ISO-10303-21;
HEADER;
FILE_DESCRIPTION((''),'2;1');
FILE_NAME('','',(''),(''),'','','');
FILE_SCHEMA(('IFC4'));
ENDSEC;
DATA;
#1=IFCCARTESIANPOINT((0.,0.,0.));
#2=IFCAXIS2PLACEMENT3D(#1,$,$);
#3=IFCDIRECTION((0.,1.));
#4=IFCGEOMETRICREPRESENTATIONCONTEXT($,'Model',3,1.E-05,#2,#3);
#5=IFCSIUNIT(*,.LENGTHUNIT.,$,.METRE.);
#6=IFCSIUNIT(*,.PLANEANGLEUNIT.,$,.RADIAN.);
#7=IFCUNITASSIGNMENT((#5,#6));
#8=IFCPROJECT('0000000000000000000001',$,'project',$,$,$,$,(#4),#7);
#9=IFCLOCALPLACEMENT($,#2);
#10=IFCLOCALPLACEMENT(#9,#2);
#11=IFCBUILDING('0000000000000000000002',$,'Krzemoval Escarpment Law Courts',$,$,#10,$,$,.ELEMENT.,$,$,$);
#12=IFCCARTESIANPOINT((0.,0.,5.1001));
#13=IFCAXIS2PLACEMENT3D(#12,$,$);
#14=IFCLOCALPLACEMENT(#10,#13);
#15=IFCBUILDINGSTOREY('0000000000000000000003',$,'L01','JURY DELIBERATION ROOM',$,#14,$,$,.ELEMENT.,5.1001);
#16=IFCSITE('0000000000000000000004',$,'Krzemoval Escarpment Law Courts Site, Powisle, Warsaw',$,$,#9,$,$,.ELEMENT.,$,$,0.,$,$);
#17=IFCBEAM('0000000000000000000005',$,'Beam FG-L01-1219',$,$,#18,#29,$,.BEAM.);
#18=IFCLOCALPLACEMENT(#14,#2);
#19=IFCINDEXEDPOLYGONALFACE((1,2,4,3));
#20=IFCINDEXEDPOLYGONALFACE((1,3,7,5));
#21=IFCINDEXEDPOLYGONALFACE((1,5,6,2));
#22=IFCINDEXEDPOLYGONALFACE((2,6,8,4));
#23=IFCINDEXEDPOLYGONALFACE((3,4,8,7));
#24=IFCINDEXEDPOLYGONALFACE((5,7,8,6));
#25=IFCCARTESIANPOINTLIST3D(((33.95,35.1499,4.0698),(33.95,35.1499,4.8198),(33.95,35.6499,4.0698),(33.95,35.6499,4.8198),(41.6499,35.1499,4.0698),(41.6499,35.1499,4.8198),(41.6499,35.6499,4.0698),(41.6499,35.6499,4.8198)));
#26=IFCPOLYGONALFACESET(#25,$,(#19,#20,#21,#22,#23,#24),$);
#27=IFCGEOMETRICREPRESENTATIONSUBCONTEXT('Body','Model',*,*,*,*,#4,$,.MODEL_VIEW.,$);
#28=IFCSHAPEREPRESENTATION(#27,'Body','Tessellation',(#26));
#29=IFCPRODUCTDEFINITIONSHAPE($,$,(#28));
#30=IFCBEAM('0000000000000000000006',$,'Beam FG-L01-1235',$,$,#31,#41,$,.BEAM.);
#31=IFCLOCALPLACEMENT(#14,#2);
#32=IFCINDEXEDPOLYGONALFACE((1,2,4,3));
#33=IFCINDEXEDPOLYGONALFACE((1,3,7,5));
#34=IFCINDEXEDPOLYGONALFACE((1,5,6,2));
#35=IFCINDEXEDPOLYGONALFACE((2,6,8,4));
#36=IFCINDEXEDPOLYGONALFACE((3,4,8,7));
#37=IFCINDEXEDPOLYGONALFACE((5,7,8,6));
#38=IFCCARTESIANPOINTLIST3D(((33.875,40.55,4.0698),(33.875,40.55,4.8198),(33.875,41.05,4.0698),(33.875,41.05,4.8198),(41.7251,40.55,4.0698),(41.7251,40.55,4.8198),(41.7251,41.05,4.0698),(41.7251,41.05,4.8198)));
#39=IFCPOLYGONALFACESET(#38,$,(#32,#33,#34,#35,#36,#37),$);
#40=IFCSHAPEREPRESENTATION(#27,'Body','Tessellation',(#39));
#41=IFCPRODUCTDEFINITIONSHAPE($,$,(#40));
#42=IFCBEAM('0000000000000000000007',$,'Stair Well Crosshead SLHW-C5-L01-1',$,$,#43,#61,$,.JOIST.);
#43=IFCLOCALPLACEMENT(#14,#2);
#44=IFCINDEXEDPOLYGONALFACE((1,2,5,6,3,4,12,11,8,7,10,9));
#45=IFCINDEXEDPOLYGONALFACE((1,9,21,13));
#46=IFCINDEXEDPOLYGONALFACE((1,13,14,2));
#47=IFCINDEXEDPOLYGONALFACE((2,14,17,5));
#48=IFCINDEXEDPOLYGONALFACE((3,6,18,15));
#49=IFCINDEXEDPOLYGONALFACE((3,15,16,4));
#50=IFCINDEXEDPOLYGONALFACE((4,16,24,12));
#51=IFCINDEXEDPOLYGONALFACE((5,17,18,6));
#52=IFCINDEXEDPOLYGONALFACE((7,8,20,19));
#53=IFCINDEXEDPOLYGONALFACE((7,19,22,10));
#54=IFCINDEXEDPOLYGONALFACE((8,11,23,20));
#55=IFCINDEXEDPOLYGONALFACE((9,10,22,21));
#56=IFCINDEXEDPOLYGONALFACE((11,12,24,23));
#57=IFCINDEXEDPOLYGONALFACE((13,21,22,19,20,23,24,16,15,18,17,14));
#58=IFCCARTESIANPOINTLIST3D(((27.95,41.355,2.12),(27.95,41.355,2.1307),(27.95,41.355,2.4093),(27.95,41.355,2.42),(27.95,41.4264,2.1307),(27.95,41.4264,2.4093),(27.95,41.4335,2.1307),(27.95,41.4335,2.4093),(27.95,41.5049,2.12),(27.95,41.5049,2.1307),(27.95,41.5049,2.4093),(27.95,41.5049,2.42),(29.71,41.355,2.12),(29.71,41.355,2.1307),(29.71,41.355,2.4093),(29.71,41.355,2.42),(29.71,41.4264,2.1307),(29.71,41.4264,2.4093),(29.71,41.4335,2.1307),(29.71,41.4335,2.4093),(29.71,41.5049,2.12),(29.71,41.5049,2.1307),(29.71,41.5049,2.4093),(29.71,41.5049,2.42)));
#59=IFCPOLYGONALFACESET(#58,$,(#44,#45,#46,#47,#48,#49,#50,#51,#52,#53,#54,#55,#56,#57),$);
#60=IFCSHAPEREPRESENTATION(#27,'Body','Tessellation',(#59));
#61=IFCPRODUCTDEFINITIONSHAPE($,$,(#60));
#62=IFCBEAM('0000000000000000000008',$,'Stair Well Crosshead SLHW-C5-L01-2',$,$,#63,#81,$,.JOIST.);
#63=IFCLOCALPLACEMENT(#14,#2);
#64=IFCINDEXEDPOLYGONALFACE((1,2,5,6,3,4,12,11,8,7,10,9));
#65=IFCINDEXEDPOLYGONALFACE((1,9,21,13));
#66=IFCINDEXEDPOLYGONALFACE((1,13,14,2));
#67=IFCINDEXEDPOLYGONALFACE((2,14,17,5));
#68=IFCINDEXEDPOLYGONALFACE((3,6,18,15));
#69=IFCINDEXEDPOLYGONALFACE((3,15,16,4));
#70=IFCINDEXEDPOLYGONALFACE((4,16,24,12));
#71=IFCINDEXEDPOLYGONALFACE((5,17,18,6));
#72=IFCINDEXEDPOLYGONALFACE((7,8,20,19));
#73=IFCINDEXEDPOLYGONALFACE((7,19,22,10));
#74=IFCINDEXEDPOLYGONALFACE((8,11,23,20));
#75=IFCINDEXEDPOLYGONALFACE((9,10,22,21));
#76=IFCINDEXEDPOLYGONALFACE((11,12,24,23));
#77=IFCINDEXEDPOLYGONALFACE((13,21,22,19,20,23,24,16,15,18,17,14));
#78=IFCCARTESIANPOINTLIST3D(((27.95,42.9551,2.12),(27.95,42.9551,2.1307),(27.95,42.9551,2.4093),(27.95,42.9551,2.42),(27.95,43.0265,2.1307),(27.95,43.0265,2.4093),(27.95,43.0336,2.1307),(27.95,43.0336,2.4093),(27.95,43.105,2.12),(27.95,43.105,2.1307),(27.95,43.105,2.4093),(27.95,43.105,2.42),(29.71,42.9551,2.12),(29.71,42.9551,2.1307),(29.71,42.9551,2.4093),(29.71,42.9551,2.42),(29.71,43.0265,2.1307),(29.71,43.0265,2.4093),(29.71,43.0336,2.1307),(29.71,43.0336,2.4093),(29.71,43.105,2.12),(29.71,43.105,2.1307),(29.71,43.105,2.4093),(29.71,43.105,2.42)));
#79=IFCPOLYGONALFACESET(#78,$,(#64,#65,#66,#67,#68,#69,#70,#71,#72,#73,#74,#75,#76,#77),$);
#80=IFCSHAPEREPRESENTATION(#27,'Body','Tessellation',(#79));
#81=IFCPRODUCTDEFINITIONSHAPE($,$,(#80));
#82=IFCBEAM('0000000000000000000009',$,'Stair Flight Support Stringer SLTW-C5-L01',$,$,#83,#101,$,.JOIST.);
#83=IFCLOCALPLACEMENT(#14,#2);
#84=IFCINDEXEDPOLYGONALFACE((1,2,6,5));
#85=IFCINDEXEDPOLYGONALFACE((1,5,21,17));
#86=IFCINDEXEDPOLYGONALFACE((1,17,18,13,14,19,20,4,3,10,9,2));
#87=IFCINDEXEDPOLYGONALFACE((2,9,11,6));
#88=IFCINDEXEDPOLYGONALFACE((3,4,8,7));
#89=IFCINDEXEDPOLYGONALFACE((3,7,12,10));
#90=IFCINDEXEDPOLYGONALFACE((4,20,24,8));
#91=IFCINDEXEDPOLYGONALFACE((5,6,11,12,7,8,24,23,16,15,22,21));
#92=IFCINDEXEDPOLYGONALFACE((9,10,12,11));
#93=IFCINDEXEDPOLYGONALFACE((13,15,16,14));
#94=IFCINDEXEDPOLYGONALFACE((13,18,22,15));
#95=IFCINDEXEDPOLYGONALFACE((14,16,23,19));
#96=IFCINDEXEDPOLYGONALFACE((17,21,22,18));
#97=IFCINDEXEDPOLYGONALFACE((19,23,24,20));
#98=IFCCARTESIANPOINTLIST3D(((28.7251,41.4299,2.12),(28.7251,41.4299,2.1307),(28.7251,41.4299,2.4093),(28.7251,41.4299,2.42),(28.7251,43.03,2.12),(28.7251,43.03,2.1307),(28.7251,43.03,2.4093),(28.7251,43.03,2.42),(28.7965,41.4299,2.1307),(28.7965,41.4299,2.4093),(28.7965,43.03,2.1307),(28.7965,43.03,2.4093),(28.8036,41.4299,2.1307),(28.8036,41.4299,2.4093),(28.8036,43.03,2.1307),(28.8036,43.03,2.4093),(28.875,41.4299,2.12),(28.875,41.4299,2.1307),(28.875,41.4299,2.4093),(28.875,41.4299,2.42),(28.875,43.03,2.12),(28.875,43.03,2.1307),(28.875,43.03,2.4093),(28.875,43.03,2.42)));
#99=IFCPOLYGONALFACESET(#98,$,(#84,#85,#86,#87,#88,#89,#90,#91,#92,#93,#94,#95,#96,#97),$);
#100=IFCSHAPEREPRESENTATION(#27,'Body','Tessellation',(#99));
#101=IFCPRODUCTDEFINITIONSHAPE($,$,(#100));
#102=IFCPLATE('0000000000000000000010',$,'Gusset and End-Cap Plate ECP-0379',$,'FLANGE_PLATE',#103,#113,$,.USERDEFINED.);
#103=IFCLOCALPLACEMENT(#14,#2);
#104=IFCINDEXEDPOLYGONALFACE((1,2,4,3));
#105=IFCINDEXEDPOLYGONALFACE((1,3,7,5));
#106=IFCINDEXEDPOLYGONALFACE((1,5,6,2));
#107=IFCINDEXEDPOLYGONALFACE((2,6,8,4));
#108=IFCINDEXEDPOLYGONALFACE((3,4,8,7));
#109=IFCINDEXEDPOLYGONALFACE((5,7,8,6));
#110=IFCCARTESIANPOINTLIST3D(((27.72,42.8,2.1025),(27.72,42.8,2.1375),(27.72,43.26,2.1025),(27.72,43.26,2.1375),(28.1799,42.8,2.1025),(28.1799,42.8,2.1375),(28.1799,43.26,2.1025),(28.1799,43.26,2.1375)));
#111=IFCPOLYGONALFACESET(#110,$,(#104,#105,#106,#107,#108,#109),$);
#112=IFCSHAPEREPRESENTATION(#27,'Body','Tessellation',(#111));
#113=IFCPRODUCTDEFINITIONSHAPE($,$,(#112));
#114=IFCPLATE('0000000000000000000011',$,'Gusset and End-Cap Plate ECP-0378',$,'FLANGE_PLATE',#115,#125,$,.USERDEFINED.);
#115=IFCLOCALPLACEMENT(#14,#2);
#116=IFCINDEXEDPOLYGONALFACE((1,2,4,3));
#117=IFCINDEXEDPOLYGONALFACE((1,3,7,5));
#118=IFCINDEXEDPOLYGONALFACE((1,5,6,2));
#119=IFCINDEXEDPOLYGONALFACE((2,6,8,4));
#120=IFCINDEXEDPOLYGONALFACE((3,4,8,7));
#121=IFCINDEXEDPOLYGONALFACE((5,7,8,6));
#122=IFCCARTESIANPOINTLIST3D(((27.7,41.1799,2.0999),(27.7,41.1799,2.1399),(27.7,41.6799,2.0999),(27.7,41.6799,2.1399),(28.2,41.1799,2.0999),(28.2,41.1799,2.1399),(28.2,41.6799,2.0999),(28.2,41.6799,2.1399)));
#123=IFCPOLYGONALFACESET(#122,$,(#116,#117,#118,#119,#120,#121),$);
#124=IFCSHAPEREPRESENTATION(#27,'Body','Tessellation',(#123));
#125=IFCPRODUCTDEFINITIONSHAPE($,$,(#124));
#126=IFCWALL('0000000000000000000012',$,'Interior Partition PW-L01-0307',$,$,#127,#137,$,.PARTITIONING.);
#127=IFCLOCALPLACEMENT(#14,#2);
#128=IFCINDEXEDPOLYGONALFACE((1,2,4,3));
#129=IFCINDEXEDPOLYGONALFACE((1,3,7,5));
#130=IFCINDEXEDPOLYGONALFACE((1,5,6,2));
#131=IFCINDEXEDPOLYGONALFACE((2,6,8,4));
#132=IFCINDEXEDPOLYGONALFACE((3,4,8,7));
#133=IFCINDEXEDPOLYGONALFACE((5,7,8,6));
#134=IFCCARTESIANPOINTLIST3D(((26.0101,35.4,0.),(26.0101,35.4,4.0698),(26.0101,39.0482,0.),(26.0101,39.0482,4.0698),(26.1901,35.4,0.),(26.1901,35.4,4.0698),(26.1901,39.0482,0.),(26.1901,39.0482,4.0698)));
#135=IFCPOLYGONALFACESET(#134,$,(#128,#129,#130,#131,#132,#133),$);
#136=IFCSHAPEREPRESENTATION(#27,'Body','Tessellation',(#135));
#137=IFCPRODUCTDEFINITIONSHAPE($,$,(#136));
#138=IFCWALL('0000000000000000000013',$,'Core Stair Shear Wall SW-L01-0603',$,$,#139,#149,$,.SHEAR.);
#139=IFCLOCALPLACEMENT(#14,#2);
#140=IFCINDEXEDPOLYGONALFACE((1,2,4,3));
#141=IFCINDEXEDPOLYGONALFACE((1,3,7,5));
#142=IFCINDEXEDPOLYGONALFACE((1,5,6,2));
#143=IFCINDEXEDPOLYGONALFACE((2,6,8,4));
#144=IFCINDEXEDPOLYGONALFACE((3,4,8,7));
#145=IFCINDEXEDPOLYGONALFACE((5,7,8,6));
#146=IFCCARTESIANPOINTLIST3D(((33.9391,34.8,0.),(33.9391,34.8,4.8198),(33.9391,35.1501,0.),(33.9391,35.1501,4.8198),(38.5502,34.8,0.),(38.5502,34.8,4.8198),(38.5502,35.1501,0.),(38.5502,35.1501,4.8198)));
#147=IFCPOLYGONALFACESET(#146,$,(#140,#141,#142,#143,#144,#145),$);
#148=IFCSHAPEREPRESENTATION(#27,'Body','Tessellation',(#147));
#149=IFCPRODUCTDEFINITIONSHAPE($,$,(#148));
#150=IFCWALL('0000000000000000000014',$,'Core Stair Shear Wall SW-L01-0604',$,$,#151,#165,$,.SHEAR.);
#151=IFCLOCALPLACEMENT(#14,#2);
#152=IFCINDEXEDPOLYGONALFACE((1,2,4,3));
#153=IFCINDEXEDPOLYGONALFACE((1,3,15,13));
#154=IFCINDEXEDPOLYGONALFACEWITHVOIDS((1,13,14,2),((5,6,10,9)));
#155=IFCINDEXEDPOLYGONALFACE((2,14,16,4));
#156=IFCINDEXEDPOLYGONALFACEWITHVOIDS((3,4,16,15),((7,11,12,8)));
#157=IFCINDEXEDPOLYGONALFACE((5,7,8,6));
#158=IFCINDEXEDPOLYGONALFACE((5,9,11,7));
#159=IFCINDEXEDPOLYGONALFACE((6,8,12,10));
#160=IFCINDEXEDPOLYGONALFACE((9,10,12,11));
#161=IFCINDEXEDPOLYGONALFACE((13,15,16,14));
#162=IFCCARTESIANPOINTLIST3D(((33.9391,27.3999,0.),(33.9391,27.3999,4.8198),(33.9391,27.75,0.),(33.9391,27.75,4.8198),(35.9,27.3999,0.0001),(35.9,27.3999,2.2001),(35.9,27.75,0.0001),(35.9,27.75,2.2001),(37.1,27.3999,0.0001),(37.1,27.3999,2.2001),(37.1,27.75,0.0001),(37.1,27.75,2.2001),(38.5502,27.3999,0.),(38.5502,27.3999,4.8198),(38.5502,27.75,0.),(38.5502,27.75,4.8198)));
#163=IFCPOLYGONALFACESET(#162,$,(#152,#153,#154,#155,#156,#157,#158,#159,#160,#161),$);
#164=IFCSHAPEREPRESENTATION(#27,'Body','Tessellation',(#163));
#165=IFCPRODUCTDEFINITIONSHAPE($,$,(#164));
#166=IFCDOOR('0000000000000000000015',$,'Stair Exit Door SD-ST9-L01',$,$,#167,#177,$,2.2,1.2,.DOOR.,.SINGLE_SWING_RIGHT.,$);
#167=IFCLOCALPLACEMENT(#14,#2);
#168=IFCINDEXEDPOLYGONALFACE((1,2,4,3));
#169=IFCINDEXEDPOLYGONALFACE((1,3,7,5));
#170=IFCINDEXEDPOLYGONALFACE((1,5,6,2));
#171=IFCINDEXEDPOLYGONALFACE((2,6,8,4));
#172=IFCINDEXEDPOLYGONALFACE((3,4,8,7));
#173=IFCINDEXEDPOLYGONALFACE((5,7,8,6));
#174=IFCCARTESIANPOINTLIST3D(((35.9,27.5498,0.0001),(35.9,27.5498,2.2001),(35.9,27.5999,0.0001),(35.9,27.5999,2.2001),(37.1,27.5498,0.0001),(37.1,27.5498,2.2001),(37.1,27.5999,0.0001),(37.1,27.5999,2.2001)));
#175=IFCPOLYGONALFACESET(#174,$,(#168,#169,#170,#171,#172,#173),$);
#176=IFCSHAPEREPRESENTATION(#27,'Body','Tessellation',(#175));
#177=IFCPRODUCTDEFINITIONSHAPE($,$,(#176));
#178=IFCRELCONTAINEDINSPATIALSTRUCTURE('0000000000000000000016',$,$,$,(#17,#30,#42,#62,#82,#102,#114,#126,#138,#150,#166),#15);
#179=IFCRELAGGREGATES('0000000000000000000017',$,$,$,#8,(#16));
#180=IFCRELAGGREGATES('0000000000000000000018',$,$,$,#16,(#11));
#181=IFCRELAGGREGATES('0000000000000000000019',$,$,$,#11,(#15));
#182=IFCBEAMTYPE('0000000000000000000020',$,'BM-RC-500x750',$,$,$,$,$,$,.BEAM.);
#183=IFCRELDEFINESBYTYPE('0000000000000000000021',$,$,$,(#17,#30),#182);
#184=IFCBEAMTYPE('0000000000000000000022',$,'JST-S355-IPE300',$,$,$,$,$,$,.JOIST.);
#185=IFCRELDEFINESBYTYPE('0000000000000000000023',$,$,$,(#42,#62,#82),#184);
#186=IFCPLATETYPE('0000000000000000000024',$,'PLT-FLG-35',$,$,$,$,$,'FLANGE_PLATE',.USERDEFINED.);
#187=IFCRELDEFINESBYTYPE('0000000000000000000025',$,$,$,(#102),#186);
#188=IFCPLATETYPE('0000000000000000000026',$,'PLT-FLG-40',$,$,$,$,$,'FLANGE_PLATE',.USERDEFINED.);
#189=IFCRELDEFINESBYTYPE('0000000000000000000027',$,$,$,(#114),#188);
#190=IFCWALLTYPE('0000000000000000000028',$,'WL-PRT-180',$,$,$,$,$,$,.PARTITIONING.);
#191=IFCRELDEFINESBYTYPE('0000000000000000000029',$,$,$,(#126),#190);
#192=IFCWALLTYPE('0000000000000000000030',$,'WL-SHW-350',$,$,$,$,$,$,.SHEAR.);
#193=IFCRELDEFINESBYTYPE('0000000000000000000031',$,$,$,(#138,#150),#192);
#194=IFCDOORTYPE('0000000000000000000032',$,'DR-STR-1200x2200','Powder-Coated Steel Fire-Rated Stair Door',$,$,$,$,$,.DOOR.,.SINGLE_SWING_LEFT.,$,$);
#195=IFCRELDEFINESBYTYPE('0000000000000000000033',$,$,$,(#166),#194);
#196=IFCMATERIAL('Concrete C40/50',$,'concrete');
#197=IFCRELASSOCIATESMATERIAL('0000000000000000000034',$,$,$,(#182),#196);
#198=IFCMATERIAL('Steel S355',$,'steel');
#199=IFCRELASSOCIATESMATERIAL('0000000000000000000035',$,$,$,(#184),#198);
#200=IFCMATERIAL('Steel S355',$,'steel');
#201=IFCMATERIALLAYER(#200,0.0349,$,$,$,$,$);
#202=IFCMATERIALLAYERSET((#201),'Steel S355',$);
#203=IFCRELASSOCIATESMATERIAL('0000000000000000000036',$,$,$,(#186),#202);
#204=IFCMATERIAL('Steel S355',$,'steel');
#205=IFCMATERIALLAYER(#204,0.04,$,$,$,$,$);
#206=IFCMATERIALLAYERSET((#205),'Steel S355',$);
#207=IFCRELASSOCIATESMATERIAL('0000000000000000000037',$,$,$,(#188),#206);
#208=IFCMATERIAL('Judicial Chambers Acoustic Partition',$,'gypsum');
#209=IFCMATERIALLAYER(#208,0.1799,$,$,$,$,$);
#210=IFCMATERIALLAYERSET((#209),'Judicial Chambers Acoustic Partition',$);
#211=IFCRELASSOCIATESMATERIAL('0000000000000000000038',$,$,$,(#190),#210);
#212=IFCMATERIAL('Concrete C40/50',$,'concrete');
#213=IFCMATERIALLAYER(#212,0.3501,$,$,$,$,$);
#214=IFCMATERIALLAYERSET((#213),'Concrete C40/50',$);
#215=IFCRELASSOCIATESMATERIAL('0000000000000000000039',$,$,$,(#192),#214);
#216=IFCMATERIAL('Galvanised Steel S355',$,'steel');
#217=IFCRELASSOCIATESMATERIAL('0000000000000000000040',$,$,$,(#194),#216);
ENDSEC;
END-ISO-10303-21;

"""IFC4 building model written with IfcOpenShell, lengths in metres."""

from ifc_helpers import new_model, si_unit, direction, frame, frame_2d, origin, origin_2d, place, context, subcontext, project, spatial, rectangle, i_section, extrude, material, layer, layer_set, material_profile, profile_set, type_object, element, fill, save


model = new_model("IFC4")

# Units and contexts
model_context = context("Model", 3, precision=1e-05, world=origin(), true_north=direction((0.0, 1.0)))
body_context = subcontext(model_context, "Body", "Model", "MODEL_VIEW")
ifc_project = project(units=[si_unit("LENGTHUNIT", "METRE"), si_unit("PLANEANGLEUNIT", "RADIAN")], contexts=[model_context])

# Site, building, storey
site_placement = place(None, origin())
site = spatial("IfcSite", under=ifc_project, at=site_placement, Name="Krzemoval Escarpment Law Courts Site, Powisle, Warsaw", CompositionType="ELEMENT", RefElevation=0.0)
building_placement = place(site_placement, origin())
building = spatial("IfcBuilding", under=site, at=building_placement, Name="Krzemoval Escarpment Law Courts", CompositionType="ELEMENT")
storey_placement = place(building_placement, frame((0.0, 0.0, 5.1001)))
storey = spatial("IfcBuildingStorey", under=building, at=storey_placement, Name="L01", Description="JURY DELIBERATION ROOM", CompositionType="ELEMENT", Elevation=5.1001)

# Beams
ifc_material_1 = material(Name="Concrete C40/50", Category="concrete")
ifc_material_profile_1 = material_profile(ifc_material_1, rectangle(XDim=0.5, YDim=0.75, at=origin_2d()), Name="RCB 500x750")
ifc_profile_set_1 = profile_set([ifc_material_profile_1], Name="Concrete C40/50")
beam_type_1 = type_object("IfcBeamType", Name="BM-RC-500x750", PredefinedType="BEAM", material=ifc_profile_set_1)
for number, where, z_axis, x_axis, name in (
    (1, (33.95, 35.3999, 4.4448), (1.0, 0.0, 0.0), (0.0, 1.0, 0.0), "Beam FG-L01-1219"),
):
    element("IfcBeam", number, at=place(storey_placement, frame(where, z_axis=z_axis, x_axis=x_axis)), inside=storey, type_object=beam_type_1, Name=name, PredefinedType="BEAM", context=body_context, shape_type="SweptSolid", body=[
        extrude(rectangle(XDim=0.5, YDim=0.75, at=origin_2d()), origin(), (0.0, 0.0, 1.0), 7.7),
    ])
beam_1_placement = place(storey_placement, frame((33.875, 40.8, 4.4448), z_axis=(1.0, 0.0, 0.0), x_axis=(0.0, 1.0, 0.0)))
element("IfcBeam", 2, at=beam_1_placement, inside=storey, type_object=beam_type_1, Name="Beam FG-L01-1235", PredefinedType="BEAM", context=body_context, shape_type="SweptSolid", body=[
    extrude(rectangle(XDim=0.5, YDim=0.75, at=origin_2d()), origin(), (0.0, 0.0, 1.0), 7.8501),
])
ifc_material_2 = material(Name="Steel S355", Category="steel")
ifc_material_profile_2 = material_profile(ifc_material_2, i_section(OverallWidth=0.1499, OverallDepth=0.3, WebThickness=0.0071, FlangeThickness=0.0107, at=origin_2d()), Name="IPE 300")
ifc_profile_set_2 = profile_set([ifc_material_profile_2], Name="Steel S355")
beam_type_2 = type_object("IfcBeamType", Name="JST-S355-IPE300", PredefinedType="JOIST", material=ifc_profile_set_2)
for number, where, z_axis, x_axis, name in (
    (3, (27.95, 41.4299, 2.27), (1.0, 0.0, 0.0), (0.0, 1.0, 0.0), "Stair Well Crosshead SLHW-C5-L01-1"),
    (4, (27.95, 43.03, 2.27), (1.0, 0.0, 0.0), (0.0, 1.0, 0.0), "Stair Well Crosshead SLHW-C5-L01-2"),
):
    element("IfcBeam", number, at=place(storey_placement, frame(where, z_axis=z_axis, x_axis=x_axis)), inside=storey, type_object=beam_type_2, Name=name, PredefinedType="JOIST", context=body_context, shape_type="SweptSolid", body=[
        extrude(i_section(OverallWidth=0.1499, OverallDepth=0.3, WebThickness=0.0071, FlangeThickness=0.0107, at=origin_2d()), origin(), (0.0, 0.0, 1.0), 1.76),
    ])
beam_2_placement = place(storey_placement, frame((28.8, 41.4299, 2.27), z_axis=(0.0, 1.0, 0.0), x_axis=(-1.0, 0.0, 0.0)))
element("IfcBeam", 5, at=beam_2_placement, inside=storey, type_object=beam_type_2, Name="Stair Flight Support Stringer SLTW-C5-L01", PredefinedType="JOIST", context=body_context, shape_type="SweptSolid", body=[
    extrude(i_section(OverallWidth=0.1499, OverallDepth=0.3, WebThickness=0.0071, FlangeThickness=0.0107, at=origin_2d()), origin(), (0.0, 0.0, 1.0), 1.6001),
])

# Plates
ifc_material_3 = material(Name="Steel S355", Category="steel")
ifc_layer_1 = layer(ifc_material_3, 0.0349)
ifc_layer_set_1 = layer_set([ifc_layer_1], Name="Steel S355")
plate_type_1 = type_object("IfcPlateType", Name="PLT-FLG-35", ElementType="FLANGE_PLATE", PredefinedType="USERDEFINED", material=ifc_layer_set_1)
plate_1_placement = place(storey_placement, frame((27.95, 43.03, 2.1025), z_axis=(0.0, 0.0, 1.0), x_axis=(1.0, 0.0, 0.0)))
element("IfcPlate", 6, at=plate_1_placement, inside=storey, type_object=plate_type_1, Name="Gusset and End-Cap Plate ECP-0379", ObjectType="FLANGE_PLATE", PredefinedType="USERDEFINED", context=body_context, shape_type="SweptSolid", body=[
    extrude(rectangle(XDim=0.46, YDim=0.46, at=origin_2d()), origin(), (0.0, 0.0, 1.0), 0.0349),
])
ifc_material_4 = material(Name="Steel S355", Category="steel")
ifc_layer_2 = layer(ifc_material_4, 0.04)
ifc_layer_set_2 = layer_set([ifc_layer_2], Name="Steel S355")
plate_type_2 = type_object("IfcPlateType", Name="PLT-FLG-40", ElementType="FLANGE_PLATE", PredefinedType="USERDEFINED", material=ifc_layer_set_2)
plate_2_placement = place(storey_placement, frame((27.95, 41.4299, 2.0999), z_axis=(0.0, 0.0, 1.0), x_axis=(1.0, 0.0, 0.0)))
element("IfcPlate", 7, at=plate_2_placement, inside=storey, type_object=plate_type_2, Name="Gusset and End-Cap Plate ECP-0378", ObjectType="FLANGE_PLATE", PredefinedType="USERDEFINED", context=body_context, shape_type="SweptSolid", body=[
    extrude(rectangle(XDim=0.5, YDim=0.5, at=origin_2d()), origin(), (0.0, 0.0, 1.0), 0.04),
])

# Walls
ifc_material_5 = material(Name="Judicial Chambers Acoustic Partition", Category="gypsum")
ifc_layer_3 = layer(ifc_material_5, 0.1799)
ifc_layer_set_3 = layer_set([ifc_layer_3], Name="Judicial Chambers Acoustic Partition")
wall_type_1 = type_object("IfcWallType", Name="WL-PRT-180", PredefinedType="PARTITIONING", material=ifc_layer_set_3)
wall_1_placement = place(storey_placement, frame((26.1001, 35.3999, 0.0), z_axis=(0.0, 0.0, 1.0), x_axis=(0.0, 1.0, 0.0)))
element("IfcWall", 8, at=wall_1_placement, inside=storey, type_object=wall_type_1, Name="Interior Partition PW-L01-0307", PredefinedType="PARTITIONING", context=body_context, shape_type="SweptSolid", body=[
    extrude(rectangle(XDim=3.6482, YDim=0.1799, at=frame_2d((1.8242, 0.0))), origin(), (0.0, 0.0, 1.0), 4.0698),
])
ifc_material_6 = material(Name="Concrete C40/50", Category="concrete")
ifc_layer_4 = layer(ifc_material_6, 0.3501)
ifc_layer_set_4 = layer_set([ifc_layer_4], Name="Concrete C40/50")
wall_type_2 = type_object("IfcWallType", Name="WL-SHW-350", PredefinedType="SHEAR", material=ifc_layer_set_4)
wall_2_placement = place(storey_placement, frame((33.939, 34.9751, 0.0), z_axis=(0.0, 0.0, 1.0), x_axis=(1.0, 0.0, 0.0)))
element("IfcWall", 9, at=wall_2_placement, inside=storey, type_object=wall_type_2, Name="Core Stair Shear Wall SW-L01-0603", PredefinedType="SHEAR", context=body_context, shape_type="SweptSolid", body=[
    extrude(rectangle(XDim=4.6111, YDim=0.3501, at=frame_2d((2.3057, 0.0))), origin(), (0.0, 0.0, 1.0), 4.8198),
])

# Wall, opening, door
wall_3_placement = place(storey_placement, frame((33.939, 27.575, 0.0), z_axis=(0.0, 0.0, 1.0), x_axis=(1.0, 0.0, 0.0)))
wall_3 = element("IfcWall", 10, at=wall_3_placement, inside=storey, type_object=wall_type_2, Name="Core Stair Shear Wall SW-L01-0604", PredefinedType="SHEAR", context=body_context, shape_type="SweptSolid", body=[
    extrude(rectangle(XDim=4.6111, YDim=0.3501, at=frame_2d((2.3057, 0.0))), origin(), (0.0, 0.0, 1.0), 4.8198),
])
opening_placement = place(wall_3_placement, frame((1.9609, 0.0, 0.0)))
opening = element("IfcOpeningElement", 11, at=opening_placement, cuts=wall_3, PredefinedType="OPENING", context=body_context, shape_type="SweptSolid", body=[
    extrude(rectangle(XDim=1.2, YDim=2.2, at=frame_2d((0.6001, 1.1001))), frame((0.0, 0.19, 0.0), z_axis=(0.0, -1.0, 0.0), x_axis=(1.0, 0.0, 0.0)), (0.0, 0.0, 1.0), 0.3801),
])
ifc_material_7 = material(Name="Galvanised Steel S355", Category="steel")
door_type = type_object("IfcDoorType", Name="DR-STR-1200x2200", Description="Powder-Coated Steel Fire-Rated Stair Door", OperationType="SINGLE_SWING_LEFT", PredefinedType="DOOR", material=ifc_material_7)
door_placement = place(opening_placement, origin())
door = element("IfcDoor", 12, at=door_placement, inside=storey, type_object=door_type, Name="Stair Exit Door SD-ST9-L01", OperationType="SINGLE_SWING_RIGHT", OverallHeight=2.2, OverallWidth=1.2, PredefinedType="DOOR", context=body_context, shape_type="SweptSolid", body=[
    extrude(rectangle(XDim=1.2, YDim=2.2, at=frame_2d((0.6001, 1.1001))), frame((0.0, 0.0249, 0.0), z_axis=(0.0, -1.0, 0.0), x_axis=(1.0, 0.0, 0.0)), (0.0, 0.0, 1.0), 0.05),
])
fill(opening, door)

save(model, "model.ifc")
